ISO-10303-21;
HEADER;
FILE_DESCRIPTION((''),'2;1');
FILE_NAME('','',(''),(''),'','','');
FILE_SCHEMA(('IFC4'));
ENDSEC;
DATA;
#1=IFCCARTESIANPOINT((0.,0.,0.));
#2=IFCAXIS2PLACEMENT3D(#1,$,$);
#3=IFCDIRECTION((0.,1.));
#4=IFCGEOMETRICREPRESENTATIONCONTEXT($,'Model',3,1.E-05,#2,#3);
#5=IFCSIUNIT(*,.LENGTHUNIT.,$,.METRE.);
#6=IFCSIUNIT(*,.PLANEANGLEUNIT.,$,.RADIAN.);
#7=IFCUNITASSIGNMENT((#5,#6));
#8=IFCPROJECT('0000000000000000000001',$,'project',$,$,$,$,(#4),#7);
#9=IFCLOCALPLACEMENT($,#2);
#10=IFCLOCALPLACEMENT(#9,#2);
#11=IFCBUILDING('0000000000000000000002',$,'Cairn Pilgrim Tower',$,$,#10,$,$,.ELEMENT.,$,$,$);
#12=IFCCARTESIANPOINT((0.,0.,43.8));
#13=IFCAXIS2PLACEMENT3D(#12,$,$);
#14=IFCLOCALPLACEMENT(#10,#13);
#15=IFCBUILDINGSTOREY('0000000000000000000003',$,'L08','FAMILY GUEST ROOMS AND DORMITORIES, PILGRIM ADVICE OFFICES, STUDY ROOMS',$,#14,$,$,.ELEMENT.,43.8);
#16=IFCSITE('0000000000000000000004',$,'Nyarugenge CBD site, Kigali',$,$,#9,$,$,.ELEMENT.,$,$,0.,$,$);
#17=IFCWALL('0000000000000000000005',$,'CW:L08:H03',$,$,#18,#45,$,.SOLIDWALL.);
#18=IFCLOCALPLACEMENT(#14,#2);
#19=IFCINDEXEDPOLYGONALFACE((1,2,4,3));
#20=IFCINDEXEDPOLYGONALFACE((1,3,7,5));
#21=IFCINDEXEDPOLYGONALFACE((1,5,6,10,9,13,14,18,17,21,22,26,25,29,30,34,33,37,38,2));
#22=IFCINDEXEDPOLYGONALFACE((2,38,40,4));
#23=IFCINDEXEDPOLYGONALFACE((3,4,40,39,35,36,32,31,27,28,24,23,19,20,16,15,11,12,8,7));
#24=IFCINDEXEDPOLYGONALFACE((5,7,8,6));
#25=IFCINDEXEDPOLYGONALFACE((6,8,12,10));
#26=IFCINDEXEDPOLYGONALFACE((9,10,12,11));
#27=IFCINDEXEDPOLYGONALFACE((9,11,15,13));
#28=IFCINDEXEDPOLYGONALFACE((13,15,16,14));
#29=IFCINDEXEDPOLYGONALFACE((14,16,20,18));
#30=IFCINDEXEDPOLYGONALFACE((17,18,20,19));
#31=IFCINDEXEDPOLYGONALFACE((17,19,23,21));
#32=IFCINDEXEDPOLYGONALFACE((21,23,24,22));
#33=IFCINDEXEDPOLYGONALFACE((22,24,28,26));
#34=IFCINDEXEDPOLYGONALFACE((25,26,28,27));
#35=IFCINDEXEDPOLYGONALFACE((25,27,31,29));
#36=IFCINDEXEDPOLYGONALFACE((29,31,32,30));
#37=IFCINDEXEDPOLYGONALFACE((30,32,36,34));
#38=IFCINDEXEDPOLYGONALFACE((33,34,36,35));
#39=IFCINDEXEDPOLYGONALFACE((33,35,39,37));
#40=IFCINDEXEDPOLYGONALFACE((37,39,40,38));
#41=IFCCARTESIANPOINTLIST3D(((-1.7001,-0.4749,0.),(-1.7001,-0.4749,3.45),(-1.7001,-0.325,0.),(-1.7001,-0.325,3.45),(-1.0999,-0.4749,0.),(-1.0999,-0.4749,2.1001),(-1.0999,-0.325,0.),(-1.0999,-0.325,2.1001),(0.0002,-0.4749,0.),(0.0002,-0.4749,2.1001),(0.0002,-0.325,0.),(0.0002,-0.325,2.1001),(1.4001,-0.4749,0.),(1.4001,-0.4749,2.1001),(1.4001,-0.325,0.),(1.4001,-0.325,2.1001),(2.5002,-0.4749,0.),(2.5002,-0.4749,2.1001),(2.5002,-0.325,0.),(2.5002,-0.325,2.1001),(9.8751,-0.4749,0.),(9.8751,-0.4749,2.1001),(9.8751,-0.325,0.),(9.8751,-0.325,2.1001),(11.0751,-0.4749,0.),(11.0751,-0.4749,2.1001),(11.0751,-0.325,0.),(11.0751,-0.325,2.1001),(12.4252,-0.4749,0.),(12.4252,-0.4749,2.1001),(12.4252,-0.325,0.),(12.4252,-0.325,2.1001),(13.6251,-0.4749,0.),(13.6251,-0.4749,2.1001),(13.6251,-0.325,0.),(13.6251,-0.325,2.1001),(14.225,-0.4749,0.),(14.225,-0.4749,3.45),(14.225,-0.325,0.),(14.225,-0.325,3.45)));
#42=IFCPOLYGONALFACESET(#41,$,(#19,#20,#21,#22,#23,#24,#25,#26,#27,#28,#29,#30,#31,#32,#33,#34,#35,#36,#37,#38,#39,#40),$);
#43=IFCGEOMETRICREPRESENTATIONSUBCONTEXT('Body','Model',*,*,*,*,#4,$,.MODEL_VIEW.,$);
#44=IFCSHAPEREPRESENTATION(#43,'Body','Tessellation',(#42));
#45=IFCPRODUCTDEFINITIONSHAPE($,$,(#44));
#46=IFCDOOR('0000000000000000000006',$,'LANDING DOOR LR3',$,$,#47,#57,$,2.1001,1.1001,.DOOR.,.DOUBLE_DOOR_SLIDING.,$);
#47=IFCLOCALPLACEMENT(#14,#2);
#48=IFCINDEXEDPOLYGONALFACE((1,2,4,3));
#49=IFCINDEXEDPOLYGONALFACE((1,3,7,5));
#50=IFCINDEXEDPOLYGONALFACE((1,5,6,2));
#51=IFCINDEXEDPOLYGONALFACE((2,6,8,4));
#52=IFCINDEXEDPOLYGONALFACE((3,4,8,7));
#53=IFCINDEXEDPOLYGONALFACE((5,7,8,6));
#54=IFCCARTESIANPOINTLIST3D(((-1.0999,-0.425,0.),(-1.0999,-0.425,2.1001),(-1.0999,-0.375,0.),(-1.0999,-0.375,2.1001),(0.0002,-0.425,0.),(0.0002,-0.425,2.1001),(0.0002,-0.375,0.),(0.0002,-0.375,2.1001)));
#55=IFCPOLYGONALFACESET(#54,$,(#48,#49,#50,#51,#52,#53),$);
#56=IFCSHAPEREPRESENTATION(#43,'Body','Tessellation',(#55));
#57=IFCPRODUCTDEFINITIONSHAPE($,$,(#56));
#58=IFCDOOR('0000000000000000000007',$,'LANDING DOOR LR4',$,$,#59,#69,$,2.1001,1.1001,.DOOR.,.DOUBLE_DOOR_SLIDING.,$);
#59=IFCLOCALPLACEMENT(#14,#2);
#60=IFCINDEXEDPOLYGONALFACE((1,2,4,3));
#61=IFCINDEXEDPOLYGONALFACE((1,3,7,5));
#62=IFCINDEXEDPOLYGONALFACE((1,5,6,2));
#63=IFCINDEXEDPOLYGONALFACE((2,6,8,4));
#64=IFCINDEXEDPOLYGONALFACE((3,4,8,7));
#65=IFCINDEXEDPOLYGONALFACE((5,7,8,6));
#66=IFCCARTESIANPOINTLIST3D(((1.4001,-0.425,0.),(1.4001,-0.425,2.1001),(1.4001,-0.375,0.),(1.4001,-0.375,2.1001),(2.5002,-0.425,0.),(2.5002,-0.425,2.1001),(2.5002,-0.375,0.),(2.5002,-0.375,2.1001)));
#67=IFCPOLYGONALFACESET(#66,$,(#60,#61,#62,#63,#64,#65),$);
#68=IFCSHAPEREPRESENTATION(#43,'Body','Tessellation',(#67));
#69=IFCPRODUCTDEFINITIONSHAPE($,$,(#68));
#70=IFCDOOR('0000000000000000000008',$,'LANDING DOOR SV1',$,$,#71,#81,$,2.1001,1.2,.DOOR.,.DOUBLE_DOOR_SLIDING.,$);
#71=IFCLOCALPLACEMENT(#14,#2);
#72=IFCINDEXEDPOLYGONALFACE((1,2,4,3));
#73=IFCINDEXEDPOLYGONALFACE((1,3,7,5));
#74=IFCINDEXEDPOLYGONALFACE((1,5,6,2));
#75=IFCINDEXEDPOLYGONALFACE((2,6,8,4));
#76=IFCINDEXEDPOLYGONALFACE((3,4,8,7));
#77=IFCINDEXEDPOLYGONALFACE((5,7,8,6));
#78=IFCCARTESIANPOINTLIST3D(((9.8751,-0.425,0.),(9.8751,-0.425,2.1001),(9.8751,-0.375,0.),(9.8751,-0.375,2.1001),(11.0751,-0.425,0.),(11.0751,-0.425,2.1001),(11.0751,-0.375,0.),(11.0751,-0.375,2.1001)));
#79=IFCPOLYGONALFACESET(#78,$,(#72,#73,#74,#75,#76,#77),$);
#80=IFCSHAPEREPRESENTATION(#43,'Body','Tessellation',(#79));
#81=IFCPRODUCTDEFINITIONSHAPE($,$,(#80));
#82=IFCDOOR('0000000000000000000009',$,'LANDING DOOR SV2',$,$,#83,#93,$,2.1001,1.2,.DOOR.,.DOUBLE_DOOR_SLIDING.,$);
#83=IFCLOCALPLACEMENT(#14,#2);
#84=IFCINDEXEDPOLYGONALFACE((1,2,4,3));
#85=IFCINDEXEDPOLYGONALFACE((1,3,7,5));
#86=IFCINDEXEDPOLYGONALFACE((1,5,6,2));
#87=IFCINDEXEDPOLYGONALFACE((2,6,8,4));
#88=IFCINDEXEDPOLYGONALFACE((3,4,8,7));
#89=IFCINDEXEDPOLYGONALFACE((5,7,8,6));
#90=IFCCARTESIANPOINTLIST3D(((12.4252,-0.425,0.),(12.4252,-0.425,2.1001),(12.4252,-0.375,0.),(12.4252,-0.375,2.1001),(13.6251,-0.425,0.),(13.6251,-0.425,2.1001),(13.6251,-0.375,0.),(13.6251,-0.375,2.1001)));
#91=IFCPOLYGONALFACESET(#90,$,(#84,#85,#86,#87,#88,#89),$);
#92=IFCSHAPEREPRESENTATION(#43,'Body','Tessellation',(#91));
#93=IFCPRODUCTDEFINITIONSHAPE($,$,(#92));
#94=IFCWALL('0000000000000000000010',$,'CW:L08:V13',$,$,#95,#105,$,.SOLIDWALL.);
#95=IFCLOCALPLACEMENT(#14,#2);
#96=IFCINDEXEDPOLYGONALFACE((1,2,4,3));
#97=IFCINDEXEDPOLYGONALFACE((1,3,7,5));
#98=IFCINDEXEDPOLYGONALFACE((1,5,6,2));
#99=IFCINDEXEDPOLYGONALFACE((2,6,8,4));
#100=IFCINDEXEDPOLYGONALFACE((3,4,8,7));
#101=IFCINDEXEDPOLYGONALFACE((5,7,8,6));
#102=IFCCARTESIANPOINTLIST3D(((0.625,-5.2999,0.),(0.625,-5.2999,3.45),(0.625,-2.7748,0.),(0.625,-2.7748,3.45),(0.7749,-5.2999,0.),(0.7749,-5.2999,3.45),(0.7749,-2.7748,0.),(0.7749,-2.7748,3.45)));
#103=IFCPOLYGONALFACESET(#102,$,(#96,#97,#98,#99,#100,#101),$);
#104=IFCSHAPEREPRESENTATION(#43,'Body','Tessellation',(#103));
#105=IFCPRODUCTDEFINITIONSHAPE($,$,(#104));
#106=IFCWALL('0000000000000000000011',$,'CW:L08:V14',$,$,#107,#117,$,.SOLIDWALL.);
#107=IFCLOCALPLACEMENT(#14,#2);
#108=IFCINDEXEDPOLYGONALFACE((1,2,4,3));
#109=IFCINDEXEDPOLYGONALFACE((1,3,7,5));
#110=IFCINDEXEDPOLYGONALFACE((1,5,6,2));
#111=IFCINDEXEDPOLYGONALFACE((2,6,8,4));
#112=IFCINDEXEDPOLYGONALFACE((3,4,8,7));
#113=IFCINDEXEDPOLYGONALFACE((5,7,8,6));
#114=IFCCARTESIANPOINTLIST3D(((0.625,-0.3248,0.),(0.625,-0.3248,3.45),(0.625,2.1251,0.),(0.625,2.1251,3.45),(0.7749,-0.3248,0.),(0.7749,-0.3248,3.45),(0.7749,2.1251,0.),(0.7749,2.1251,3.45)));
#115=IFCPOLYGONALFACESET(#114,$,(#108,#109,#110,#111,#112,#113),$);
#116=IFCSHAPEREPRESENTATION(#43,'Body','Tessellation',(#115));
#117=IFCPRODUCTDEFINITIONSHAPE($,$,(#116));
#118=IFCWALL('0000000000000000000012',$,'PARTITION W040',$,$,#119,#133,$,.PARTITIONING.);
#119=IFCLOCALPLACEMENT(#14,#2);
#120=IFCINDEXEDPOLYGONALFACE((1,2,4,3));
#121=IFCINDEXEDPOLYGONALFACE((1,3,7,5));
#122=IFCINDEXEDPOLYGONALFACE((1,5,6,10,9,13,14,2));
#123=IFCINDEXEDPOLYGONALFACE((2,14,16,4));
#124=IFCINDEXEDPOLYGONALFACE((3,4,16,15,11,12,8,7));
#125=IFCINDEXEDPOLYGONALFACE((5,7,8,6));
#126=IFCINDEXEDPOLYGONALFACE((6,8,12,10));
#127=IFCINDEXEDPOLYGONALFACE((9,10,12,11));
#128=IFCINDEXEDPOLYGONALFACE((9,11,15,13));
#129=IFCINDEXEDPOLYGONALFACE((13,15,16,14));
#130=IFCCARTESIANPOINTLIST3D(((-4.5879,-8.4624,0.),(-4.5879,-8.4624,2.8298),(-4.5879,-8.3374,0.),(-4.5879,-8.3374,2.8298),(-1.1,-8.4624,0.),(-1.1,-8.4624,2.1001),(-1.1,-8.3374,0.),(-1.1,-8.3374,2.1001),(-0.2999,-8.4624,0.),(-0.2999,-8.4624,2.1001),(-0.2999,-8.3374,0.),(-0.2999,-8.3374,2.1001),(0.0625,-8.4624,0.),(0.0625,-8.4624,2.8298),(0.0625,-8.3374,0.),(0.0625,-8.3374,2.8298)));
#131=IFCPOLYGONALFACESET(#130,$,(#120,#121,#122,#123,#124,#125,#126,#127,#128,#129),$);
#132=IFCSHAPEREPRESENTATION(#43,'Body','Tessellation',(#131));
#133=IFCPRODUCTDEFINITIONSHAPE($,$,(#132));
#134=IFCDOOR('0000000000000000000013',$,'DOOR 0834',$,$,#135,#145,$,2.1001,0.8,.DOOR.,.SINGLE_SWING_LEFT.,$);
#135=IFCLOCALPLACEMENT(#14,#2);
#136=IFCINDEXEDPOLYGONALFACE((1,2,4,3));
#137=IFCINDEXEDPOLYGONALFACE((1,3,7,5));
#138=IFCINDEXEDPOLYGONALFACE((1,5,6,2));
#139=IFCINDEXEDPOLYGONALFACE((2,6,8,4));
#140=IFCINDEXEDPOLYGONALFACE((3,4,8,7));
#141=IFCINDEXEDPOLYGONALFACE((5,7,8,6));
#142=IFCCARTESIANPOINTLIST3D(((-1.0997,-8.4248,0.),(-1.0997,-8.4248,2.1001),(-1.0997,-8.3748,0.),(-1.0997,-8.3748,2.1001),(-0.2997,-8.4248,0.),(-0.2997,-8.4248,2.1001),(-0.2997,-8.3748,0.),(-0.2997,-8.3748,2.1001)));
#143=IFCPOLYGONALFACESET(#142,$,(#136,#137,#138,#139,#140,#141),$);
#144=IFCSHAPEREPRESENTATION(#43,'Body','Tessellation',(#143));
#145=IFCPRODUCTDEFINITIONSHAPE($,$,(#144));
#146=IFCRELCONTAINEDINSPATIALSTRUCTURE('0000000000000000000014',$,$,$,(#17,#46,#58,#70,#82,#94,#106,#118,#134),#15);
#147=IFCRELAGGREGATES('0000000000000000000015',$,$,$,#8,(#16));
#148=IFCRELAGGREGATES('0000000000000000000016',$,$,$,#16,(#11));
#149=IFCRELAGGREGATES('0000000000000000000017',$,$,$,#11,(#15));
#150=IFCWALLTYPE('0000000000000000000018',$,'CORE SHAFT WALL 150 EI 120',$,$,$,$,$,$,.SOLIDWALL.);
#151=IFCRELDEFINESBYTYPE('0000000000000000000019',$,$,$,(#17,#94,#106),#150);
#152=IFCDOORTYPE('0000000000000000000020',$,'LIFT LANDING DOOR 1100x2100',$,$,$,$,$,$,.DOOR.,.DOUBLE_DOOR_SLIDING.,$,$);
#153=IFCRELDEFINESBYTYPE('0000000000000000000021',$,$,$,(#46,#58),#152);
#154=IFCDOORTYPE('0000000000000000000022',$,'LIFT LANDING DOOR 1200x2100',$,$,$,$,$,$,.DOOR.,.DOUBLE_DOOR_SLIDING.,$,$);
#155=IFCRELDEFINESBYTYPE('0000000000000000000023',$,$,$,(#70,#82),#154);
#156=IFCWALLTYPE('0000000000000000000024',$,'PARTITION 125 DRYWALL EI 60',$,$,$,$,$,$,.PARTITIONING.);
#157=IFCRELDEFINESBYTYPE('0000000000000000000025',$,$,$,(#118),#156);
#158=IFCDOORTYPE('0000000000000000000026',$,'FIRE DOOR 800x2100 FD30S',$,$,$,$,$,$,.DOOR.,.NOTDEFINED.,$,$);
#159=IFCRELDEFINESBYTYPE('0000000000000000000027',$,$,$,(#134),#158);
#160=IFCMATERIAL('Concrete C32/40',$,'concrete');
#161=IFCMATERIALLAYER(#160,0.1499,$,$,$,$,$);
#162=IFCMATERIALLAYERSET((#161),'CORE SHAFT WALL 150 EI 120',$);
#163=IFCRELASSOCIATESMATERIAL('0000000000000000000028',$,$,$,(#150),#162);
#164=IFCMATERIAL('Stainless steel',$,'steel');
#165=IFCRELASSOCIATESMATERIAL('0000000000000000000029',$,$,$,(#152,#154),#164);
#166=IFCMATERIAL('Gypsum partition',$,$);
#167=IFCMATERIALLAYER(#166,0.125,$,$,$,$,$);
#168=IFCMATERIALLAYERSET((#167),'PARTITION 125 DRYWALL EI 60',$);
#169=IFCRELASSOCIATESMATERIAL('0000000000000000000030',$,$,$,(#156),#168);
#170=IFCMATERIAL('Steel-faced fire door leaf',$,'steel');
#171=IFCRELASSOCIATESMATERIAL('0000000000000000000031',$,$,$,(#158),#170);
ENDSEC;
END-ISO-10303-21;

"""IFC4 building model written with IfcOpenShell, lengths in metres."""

from ifc_helpers import new_model, si_unit, direction, frame, frame_2d, origin, place, context, subcontext, project, spatial, rectangle, extrude, material, layer, layer_set, type_object, element, fill, save


model = new_model("IFC4")

# Units and contexts
model_context = context("Model", 3, precision=1e-05, world=origin(), true_north=direction((0.0, 1.0)))
body_context = subcontext(model_context, "Body", "Model", "MODEL_VIEW")
ifc_project = project(units=[si_unit("LENGTHUNIT", "METRE"), si_unit("PLANEANGLEUNIT", "RADIAN")], contexts=[model_context])

# Site, building, storey
site_placement = place(None, origin())
site = spatial("IfcSite", under=ifc_project, at=site_placement, Name="Nyarugenge CBD site, Kigali", CompositionType="ELEMENT", RefElevation=0.0)
building_placement = place(site_placement, origin())
building = spatial("IfcBuilding", under=site, at=building_placement, Name="Cairn Pilgrim Tower", CompositionType="ELEMENT")
storey_placement = place(building_placement, frame((0.0, 0.0, 43.8)))
storey = spatial("IfcBuildingStorey", under=building, at=storey_placement, Name="L08", Description="FAMILY GUEST ROOMS AND DORMITORIES, PILGRIM ADVICE OFFICES, STUDY ROOMS", CompositionType="ELEMENT", Elevation=43.8)

# Shared definitions
ifc_material_1 = material(Name="Concrete C32/40", Category="concrete")

# Wall, openings, doors
ifc_layer_1 = layer(ifc_material_1, 0.1499)
ifc_layer_set_1 = layer_set([ifc_layer_1], Name="CORE SHAFT WALL 150 EI 120")
wall_type_1 = type_object("IfcWallType", Name="CORE SHAFT WALL 150 EI 120", PredefinedType="SOLIDWALL", material=ifc_layer_set_1)
ifc_material_2 = material(Name="Stainless steel", Category="steel")
door_type_1 = type_object("IfcDoorType", Name="LIFT LANDING DOOR 1100x2100", OperationType="DOUBLE_DOOR_SLIDING", PredefinedType="DOOR", material=ifc_material_2)
wall_1_placement = place(storey_placement, frame((-1.7, -0.3999, 0.0), z_axis=(0.0, 0.0, 1.0), x_axis=(1.0, 0.0, 0.0)))
wall_1 = element("IfcWall", 1, at=wall_1_placement, inside=storey, type_object=wall_type_1, Name="CW:L08:H03", PredefinedType="SOLIDWALL", context=body_context, shape_type="SweptSolid", body=[
    extrude(rectangle(XDim=15.925, YDim=0.1499, at=frame_2d((7.9624, 0.0))), origin(), (0.0, 0.0, 1.0), 3.45),
])
opening_1_placement = place(wall_1_placement, frame((0.6001, 0.0, 0.0)))
opening_1 = element("IfcOpeningElement", 2, at=opening_1_placement, cuts=wall_1, PredefinedType="OPENING", context=body_context, shape_type="SweptSolid", body=[
    extrude(rectangle(XDim=1.1001, YDim=2.1001, at=frame_2d((0.55, 1.05))), frame((0.0, 0.085, 0.0), z_axis=(0.0, -1.0, 0.0), x_axis=(1.0, 0.0, 0.0)), (0.0, 0.0, 1.0), 0.1699),
])
opening_2_placement = place(wall_1_placement, frame((3.1001, 0.0, 0.0)))
opening_2 = element("IfcOpeningElement", 3, at=opening_2_placement, cuts=wall_1, PredefinedType="OPENING", context=body_context, shape_type="SweptSolid", body=[
    extrude(rectangle(XDim=1.1001, YDim=2.1001, at=frame_2d((0.55, 1.05))), frame((0.0, 0.085, 0.0), z_axis=(0.0, -1.0, 0.0), x_axis=(1.0, 0.0, 0.0)), (0.0, 0.0, 1.0), 0.1699),
])
opening_3_placement = place(wall_1_placement, frame((11.575, 0.0, 0.0)))
opening_3 = element("IfcOpeningElement", 4, at=opening_3_placement, cuts=wall_1, PredefinedType="OPENING", context=body_context, shape_type="SweptSolid", body=[
    extrude(rectangle(XDim=1.2, YDim=2.1001, at=frame_2d((0.6001, 1.05))), frame((0.0, 0.085, 0.0), z_axis=(0.0, -1.0, 0.0), x_axis=(1.0, 0.0, 0.0)), (0.0, 0.0, 1.0), 0.1699),
])
opening_4_placement = place(wall_1_placement, frame((14.125, 0.0, 0.0)))
opening_4 = element("IfcOpeningElement", 5, at=opening_4_placement, cuts=wall_1, PredefinedType="OPENING", context=body_context, shape_type="SweptSolid", body=[
    extrude(rectangle(XDim=1.2, YDim=2.1001, at=frame_2d((0.6001, 1.05))), frame((0.0, 0.085, 0.0), z_axis=(0.0, -1.0, 0.0), x_axis=(1.0, 0.0, 0.0)), (0.0, 0.0, 1.0), 0.1699),
])
door_1_placement = place(opening_1_placement, origin())
door_1 = element("IfcDoor", 6, at=door_1_placement, inside=storey, type_object=door_type_1, Name="LANDING DOOR LR3", OperationType="DOUBLE_DOOR_SLIDING", OverallHeight=2.1001, OverallWidth=1.1001, PredefinedType="DOOR", context=body_context, shape_type="SweptSolid", body=[
    extrude(rectangle(XDim=1.1001, YDim=2.1001, at=frame_2d((0.55, 1.05))), frame((0.0, 0.0249, 0.0), z_axis=(0.0, -1.0, 0.0), x_axis=(1.0, 0.0, 0.0)), (0.0, 0.0, 1.0), 0.05),
])
fill(opening_1, door_1)
door_2_placement = place(opening_2_placement, origin())
door_2 = element("IfcDoor", 7, at=door_2_placement, inside=storey, type_object=door_type_1, Name="LANDING DOOR LR4", OperationType="DOUBLE_DOOR_SLIDING", OverallHeight=2.1001, OverallWidth=1.1001, PredefinedType="DOOR", context=body_context, shape_type="SweptSolid", body=[
    extrude(rectangle(XDim=1.1001, YDim=2.1001, at=frame_2d((0.55, 1.05))), frame((0.0, 0.0249, 0.0), z_axis=(0.0, -1.0, 0.0), x_axis=(1.0, 0.0, 0.0)), (0.0, 0.0, 1.0), 0.05),
])
fill(opening_2, door_2)
door_type_2 = type_object("IfcDoorType", Name="LIFT LANDING DOOR 1200x2100", OperationType="DOUBLE_DOOR_SLIDING", PredefinedType="DOOR", material=ifc_material_2)
door_3_placement = place(opening_3_placement, origin())
door_3 = element("IfcDoor", 8, at=door_3_placement, inside=storey, type_object=door_type_2, Name="LANDING DOOR SV1", OperationType="DOUBLE_DOOR_SLIDING", OverallHeight=2.1001, OverallWidth=1.2, PredefinedType="DOOR", context=body_context, shape_type="SweptSolid", body=[
    extrude(rectangle(XDim=1.2, YDim=2.1001, at=frame_2d((0.6001, 1.05))), frame((0.0, 0.0249, 0.0), z_axis=(0.0, -1.0, 0.0), x_axis=(1.0, 0.0, 0.0)), (0.0, 0.0, 1.0), 0.05),
])
fill(opening_3, door_3)
door_4_placement = place(opening_4_placement, origin())
door_4 = element("IfcDoor", 9, at=door_4_placement, inside=storey, type_object=door_type_2, Name="LANDING DOOR SV2", OperationType="DOUBLE_DOOR_SLIDING", OverallHeight=2.1001, OverallWidth=1.2, PredefinedType="DOOR", context=body_context, shape_type="SweptSolid", body=[
    extrude(rectangle(XDim=1.2, YDim=2.1001, at=frame_2d((0.6001, 1.05))), frame((0.0, 0.0249, 0.0), z_axis=(0.0, -1.0, 0.0), x_axis=(1.0, 0.0, 0.0)), (0.0, 0.0, 1.0), 0.05),
])
fill(opening_4, door_4)

# Walls
wall_2_placement = place(storey_placement, frame((0.7, -5.3, 0.0), z_axis=(0.0, 0.0, 1.0), x_axis=(0.0, 1.0, 0.0)))
element("IfcWall", 10, at=wall_2_placement, inside=storey, type_object=wall_type_1, Name="CW:L08:V13", PredefinedType="SOLIDWALL", context=body_context, shape_type="SweptSolid", body=[
    extrude(rectangle(XDim=2.5251, YDim=0.1499, at=frame_2d((1.2627, 0.0))), origin(), (0.0, 0.0, 1.0), 3.45),
])
wall_3_placement = place(storey_placement, frame((0.7, -0.325, 0.0), z_axis=(0.0, 0.0, 1.0), x_axis=(0.0, 1.0, 0.0)))
element("IfcWall", 11, at=wall_3_placement, inside=storey, type_object=wall_type_1, Name="CW:L08:V14", PredefinedType="SOLIDWALL", context=body_context, shape_type="SweptSolid", body=[
    extrude(rectangle(XDim=2.45, YDim=0.1499, at=frame_2d((1.2251, 0.0))), origin(), (0.0, 0.0, 1.0), 3.45),
])

# Wall, opening, door
ifc_material_3 = material(Name="Gypsum partition")
ifc_layer_2 = layer(ifc_material_3, 0.125)
ifc_layer_set_2 = layer_set([ifc_layer_2], Name="PARTITION 125 DRYWALL EI 60")
wall_type_2 = type_object("IfcWallType", Name="PARTITION 125 DRYWALL EI 60", PredefinedType="PARTITIONING", material=ifc_layer_set_2)
wall_4_placement = place(storey_placement, frame((-4.5879, -8.3999, 0.0), z_axis=(0.0, 0.0, 1.0), x_axis=(1.0, 0.0, 0.0)))
wall_4 = element("IfcWall", 12, at=wall_4_placement, inside=storey, type_object=wall_type_2, Name="PARTITION W040", PredefinedType="PARTITIONING", context=body_context, shape_type="SweptSolid", body=[
    extrude(rectangle(XDim=4.6504, YDim=0.125, at=frame_2d((2.3252, 0.0))), origin(), (0.0, 0.0, 1.0), 2.8298),
])
opening_5_placement = place(wall_4_placement, frame((3.488, 0.0, 0.0)))
opening_5 = element("IfcOpeningElement", 13, at=opening_5_placement, cuts=wall_4, PredefinedType="OPENING", context=body_context, shape_type="SweptSolid", body=[
    extrude(rectangle(XDim=0.8, YDim=2.1001, at=frame_2d((0.3999, 1.05))), frame((0.0, 0.0725, 0.0), z_axis=(0.0, -1.0, 0.0), x_axis=(1.0, 0.0, 0.0)), (0.0, 0.0, 1.0), 0.145),
])
ifc_material_4 = material(Name="Steel-faced fire door leaf", Category="steel")
door_type_3 = type_object("IfcDoorType", Name="FIRE DOOR 800x2100 FD30S", OperationType="NOTDEFINED", PredefinedType="DOOR", material=ifc_material_4)
door_5_placement = place(opening_5_placement, frame((0.8, 0.0, 0.0), z_axis=(0.0, 0.0, 1.0), x_axis=(-1.0, 0.0, 0.0)))
door_5 = element("IfcDoor", 14, at=door_5_placement, inside=storey, type_object=door_type_3, Name="DOOR 0834", OperationType="SINGLE_SWING_LEFT", OverallHeight=2.1001, OverallWidth=0.8, PredefinedType="DOOR", context=body_context, shape_type="SweptSolid", body=[
    extrude(rectangle(XDim=0.8, YDim=2.1001, at=frame_2d((0.3999, 1.05))), frame((0.0, 0.0249, 0.0), z_axis=(0.0, -1.0, 0.0), x_axis=(1.0, 0.0, 0.0)), (0.0, 0.0, 1.0), 0.05),
])
fill(opening_5, door_5)

save(model, "model.ifc")
